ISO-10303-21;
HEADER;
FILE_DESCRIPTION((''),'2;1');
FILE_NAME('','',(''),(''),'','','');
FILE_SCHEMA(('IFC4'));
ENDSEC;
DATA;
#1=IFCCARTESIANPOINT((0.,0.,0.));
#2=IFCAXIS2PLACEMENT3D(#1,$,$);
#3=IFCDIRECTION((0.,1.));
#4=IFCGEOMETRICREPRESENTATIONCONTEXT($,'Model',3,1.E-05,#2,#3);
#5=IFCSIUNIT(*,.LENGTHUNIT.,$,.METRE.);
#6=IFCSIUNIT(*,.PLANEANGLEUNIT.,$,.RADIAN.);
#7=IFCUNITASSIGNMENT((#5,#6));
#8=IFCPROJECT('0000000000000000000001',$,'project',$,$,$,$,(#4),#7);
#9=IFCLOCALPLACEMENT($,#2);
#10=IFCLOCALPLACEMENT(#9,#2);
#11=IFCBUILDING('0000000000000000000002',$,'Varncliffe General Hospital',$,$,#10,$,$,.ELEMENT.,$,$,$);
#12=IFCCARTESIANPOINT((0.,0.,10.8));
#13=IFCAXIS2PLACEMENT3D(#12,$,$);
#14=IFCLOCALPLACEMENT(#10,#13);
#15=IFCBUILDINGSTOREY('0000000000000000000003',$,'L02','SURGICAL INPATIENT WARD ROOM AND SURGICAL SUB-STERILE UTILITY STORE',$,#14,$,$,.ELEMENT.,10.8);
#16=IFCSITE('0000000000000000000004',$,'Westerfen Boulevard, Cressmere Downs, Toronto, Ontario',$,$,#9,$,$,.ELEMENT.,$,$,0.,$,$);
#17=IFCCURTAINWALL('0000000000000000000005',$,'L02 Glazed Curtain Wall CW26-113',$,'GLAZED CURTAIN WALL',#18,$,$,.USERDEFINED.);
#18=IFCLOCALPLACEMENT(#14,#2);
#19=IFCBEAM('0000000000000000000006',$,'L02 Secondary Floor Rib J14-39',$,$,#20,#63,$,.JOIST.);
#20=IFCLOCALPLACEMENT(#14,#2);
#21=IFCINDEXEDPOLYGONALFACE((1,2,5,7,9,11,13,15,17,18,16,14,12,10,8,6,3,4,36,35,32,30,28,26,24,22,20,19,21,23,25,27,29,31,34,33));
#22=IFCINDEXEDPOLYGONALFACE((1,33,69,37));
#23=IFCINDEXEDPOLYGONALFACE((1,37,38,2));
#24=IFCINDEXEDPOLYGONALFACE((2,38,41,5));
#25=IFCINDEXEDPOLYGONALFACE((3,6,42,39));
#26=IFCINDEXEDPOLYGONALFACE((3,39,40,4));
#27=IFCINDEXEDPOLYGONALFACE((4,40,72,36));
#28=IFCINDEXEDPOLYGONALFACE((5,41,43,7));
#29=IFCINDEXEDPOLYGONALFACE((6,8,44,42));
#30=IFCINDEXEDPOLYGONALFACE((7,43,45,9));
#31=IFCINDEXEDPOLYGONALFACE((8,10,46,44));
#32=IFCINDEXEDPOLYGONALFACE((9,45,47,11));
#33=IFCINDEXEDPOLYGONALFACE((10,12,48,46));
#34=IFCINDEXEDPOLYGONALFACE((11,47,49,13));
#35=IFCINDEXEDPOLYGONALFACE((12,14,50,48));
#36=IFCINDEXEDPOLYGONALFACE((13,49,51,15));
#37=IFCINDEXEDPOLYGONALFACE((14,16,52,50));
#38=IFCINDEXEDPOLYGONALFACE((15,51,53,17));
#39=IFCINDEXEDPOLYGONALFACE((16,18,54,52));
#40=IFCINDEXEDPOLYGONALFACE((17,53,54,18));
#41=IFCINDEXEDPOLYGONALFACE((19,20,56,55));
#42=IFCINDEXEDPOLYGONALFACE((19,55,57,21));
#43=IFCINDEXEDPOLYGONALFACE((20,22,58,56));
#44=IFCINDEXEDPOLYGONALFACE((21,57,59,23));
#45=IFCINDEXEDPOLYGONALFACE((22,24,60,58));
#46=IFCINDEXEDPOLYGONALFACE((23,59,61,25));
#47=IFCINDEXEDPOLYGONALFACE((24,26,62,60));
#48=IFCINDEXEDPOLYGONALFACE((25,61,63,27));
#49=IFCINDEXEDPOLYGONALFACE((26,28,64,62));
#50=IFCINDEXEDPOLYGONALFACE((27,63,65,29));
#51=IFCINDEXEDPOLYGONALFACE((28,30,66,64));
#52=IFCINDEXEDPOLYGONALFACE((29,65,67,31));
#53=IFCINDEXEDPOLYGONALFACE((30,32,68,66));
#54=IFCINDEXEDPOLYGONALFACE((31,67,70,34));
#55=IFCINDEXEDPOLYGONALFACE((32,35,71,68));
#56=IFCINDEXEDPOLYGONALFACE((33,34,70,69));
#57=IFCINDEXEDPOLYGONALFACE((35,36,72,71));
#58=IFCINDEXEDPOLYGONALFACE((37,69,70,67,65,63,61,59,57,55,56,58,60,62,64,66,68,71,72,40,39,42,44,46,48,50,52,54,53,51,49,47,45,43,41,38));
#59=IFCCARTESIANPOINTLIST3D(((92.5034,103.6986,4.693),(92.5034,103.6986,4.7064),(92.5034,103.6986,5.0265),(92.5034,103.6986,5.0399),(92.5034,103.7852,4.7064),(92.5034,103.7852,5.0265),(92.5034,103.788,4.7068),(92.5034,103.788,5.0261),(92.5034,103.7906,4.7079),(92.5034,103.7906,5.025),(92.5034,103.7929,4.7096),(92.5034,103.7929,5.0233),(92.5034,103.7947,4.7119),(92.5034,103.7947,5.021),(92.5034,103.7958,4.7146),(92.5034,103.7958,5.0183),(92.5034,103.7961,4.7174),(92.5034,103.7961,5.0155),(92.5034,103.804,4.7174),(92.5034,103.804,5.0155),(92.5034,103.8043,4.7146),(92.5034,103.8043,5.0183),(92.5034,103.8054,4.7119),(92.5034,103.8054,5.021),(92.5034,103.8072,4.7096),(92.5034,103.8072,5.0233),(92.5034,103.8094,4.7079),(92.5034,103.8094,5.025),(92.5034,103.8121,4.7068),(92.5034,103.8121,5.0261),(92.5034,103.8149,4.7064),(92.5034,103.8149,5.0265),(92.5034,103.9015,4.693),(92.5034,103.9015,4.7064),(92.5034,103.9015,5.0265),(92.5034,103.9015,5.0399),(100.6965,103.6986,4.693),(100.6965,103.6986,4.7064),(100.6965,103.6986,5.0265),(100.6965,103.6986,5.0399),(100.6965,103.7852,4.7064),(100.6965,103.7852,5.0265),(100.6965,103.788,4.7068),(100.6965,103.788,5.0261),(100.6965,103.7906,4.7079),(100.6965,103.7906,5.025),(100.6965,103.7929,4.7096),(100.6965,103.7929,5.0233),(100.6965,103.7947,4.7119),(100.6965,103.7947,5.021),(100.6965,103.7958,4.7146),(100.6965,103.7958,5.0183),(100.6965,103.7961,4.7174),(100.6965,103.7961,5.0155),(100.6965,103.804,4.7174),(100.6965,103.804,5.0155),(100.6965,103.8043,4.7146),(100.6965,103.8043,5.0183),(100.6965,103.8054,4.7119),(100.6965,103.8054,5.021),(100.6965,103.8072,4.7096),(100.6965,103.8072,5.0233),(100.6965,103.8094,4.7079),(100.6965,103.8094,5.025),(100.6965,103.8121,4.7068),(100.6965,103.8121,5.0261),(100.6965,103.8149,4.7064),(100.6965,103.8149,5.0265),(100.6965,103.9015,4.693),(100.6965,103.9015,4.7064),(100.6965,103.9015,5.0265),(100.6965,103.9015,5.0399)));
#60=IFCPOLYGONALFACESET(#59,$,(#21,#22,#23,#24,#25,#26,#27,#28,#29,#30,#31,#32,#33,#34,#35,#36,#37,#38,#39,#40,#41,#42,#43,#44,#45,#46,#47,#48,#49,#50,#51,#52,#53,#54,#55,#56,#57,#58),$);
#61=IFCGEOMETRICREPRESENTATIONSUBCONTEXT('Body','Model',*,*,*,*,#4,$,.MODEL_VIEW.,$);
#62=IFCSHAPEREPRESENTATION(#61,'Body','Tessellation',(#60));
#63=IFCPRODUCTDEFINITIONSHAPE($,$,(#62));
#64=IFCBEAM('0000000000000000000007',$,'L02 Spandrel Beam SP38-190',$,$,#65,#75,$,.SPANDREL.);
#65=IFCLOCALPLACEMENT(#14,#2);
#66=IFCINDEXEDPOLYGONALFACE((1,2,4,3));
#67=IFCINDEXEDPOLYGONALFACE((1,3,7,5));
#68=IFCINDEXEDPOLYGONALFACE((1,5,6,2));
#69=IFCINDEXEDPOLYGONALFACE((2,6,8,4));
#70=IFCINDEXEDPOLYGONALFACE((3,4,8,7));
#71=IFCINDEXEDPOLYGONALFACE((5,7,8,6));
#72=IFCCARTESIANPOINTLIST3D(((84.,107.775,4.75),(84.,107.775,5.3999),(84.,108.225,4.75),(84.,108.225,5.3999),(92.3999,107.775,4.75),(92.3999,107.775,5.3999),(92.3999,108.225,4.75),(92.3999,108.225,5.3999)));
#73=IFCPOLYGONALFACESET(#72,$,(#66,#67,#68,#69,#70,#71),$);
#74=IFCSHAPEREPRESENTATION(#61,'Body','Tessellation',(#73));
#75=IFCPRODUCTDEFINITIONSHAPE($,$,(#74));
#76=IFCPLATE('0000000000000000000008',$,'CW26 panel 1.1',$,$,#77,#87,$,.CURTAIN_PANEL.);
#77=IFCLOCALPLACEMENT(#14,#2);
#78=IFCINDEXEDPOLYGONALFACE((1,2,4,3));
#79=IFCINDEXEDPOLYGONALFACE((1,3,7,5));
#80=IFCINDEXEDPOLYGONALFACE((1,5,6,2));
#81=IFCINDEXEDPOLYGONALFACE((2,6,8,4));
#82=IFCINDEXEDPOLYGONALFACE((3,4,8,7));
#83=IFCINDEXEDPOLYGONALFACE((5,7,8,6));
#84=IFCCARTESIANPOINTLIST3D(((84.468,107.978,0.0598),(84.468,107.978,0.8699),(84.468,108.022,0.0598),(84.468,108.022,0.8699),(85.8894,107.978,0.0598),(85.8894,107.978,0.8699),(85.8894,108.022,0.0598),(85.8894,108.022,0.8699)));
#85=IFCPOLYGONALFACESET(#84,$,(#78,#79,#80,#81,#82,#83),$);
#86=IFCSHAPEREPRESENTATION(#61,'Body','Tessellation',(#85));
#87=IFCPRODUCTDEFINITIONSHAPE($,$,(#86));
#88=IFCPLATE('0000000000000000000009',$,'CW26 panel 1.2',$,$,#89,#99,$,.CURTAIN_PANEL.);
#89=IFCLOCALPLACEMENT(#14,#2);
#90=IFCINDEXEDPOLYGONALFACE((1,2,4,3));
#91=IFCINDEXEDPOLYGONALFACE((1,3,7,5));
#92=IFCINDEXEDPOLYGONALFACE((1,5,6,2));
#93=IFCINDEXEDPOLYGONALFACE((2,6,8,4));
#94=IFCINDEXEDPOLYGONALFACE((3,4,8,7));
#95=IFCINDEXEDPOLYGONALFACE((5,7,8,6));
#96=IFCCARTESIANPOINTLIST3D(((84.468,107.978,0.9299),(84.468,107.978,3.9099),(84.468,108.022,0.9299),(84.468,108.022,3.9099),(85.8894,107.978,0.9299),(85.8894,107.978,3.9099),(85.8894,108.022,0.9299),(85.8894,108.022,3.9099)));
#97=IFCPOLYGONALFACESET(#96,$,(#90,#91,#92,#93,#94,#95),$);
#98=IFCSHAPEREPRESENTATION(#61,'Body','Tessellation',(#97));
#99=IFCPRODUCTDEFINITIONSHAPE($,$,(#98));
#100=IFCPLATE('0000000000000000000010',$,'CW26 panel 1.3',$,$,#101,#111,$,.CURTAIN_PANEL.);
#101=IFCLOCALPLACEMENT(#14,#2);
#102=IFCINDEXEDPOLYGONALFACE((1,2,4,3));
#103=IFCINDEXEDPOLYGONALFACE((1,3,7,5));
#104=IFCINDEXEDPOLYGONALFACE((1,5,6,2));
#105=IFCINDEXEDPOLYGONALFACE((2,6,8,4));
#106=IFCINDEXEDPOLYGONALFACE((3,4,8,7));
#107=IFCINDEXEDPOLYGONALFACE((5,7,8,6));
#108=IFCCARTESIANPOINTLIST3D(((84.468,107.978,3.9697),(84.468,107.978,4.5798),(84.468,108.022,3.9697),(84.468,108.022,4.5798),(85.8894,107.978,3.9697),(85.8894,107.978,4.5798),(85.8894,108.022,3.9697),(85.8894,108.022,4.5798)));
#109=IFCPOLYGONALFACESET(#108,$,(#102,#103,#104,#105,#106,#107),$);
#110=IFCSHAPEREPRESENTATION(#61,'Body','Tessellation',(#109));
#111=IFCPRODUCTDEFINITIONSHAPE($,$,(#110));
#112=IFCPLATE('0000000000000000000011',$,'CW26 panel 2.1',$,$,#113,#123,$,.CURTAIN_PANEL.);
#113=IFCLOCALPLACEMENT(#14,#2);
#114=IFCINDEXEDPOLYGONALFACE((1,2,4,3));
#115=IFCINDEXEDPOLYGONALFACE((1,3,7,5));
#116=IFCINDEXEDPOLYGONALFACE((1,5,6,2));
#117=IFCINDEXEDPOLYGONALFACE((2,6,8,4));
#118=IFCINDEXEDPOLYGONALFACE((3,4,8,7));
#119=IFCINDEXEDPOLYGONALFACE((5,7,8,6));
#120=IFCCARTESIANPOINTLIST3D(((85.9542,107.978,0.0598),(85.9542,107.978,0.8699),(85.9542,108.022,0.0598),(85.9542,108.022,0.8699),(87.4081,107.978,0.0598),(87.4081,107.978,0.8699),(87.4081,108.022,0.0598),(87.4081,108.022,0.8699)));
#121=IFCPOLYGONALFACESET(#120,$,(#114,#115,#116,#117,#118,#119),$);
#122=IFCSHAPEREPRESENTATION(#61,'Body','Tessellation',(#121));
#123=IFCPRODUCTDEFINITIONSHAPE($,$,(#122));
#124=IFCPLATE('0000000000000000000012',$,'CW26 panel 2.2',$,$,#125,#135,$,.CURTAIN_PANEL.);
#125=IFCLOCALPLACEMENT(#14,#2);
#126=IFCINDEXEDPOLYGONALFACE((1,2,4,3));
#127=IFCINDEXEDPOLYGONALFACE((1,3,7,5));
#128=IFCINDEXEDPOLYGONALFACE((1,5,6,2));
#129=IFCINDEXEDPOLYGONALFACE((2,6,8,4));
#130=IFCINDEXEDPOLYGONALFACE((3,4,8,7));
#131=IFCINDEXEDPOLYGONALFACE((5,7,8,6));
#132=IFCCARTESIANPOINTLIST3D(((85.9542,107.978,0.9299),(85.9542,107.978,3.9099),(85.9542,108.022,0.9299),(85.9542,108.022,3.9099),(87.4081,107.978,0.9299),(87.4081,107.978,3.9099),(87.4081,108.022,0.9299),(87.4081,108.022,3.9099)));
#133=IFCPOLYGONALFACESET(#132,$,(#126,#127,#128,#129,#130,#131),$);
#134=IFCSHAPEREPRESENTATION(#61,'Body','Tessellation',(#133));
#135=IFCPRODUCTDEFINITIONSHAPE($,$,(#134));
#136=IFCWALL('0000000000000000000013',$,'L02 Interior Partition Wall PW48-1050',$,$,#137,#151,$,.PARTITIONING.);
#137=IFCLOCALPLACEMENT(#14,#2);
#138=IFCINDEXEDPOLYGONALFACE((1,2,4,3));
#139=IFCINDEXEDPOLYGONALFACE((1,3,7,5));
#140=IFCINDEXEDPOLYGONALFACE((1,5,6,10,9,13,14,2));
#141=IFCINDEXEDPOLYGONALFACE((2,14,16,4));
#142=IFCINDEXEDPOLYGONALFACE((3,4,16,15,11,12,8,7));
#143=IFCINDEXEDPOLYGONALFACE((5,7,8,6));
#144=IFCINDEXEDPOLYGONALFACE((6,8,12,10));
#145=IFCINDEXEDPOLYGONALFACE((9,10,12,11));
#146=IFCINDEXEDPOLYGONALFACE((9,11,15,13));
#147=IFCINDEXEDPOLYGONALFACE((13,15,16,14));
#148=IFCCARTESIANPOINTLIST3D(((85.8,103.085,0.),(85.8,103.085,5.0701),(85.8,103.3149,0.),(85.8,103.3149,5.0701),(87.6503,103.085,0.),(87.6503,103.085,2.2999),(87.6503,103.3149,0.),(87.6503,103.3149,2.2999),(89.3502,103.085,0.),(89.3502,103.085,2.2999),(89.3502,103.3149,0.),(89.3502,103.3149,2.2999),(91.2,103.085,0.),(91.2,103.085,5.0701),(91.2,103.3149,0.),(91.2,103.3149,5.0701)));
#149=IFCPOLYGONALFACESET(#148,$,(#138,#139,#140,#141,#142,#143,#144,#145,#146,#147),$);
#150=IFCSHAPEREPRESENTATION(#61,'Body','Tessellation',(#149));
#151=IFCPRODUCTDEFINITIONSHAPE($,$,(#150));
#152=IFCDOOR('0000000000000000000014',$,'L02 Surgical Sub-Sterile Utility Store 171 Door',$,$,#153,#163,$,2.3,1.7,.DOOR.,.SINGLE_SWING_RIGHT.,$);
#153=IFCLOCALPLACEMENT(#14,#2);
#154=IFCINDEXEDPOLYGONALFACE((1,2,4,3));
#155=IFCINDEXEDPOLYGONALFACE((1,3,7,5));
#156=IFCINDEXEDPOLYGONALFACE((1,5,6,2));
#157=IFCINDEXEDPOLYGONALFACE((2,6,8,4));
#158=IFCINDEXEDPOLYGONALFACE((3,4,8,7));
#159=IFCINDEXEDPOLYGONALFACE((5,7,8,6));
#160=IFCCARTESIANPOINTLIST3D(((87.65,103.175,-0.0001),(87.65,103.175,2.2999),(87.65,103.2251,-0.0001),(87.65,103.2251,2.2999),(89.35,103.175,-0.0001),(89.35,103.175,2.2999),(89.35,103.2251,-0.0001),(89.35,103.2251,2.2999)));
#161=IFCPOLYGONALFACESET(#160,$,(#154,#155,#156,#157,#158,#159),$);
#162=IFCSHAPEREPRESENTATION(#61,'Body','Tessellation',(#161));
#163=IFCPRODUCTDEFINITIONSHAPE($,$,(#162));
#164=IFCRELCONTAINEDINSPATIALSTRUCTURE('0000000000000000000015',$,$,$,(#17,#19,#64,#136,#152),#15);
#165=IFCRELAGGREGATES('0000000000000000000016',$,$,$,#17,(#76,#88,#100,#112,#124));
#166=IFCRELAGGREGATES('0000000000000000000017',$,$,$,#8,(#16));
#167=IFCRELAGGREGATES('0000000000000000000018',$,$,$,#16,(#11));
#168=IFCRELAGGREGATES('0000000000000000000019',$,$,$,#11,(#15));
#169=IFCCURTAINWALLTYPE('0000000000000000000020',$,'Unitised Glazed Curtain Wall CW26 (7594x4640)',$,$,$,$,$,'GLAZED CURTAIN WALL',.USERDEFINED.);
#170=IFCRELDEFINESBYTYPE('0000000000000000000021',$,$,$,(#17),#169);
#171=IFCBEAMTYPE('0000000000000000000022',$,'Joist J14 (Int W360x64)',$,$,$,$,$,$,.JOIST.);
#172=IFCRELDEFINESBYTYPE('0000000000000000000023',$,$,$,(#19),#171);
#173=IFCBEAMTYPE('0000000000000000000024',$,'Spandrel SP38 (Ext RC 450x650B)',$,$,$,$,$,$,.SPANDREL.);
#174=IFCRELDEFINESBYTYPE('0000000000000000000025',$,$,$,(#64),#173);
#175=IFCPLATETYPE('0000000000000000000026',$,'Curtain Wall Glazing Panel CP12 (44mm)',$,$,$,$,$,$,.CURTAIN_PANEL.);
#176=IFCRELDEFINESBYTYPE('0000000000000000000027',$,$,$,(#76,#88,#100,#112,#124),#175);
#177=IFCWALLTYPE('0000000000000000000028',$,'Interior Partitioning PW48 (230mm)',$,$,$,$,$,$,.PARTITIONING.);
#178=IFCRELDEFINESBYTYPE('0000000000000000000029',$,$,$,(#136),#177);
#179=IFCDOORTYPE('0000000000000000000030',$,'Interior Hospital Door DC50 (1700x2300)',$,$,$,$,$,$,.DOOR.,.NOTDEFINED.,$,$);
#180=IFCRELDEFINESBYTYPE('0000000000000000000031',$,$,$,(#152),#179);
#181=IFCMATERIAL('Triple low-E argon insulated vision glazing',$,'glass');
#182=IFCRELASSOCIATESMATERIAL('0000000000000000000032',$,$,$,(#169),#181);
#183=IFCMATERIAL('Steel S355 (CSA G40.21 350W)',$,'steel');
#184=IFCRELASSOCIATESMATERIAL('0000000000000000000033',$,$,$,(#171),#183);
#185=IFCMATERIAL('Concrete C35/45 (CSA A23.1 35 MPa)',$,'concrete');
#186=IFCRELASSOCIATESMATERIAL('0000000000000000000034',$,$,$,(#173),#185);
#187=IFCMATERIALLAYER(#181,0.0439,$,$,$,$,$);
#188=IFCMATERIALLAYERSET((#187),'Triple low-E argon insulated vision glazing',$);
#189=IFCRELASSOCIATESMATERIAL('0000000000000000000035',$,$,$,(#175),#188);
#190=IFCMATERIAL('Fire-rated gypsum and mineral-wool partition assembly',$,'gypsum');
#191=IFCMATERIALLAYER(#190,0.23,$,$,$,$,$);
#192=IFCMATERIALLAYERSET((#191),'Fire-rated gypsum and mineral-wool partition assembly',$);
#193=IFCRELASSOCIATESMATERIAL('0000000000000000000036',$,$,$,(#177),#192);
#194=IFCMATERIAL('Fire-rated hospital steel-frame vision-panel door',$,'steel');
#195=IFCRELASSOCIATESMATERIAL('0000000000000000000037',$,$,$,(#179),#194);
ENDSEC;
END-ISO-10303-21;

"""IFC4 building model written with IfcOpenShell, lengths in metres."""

from ifc_helpers import new_model, si_unit, direction, frame, frame_2d, origin, origin_2d, place, context, subcontext, project, spatial, rectangle, i_section, extrude, material, layer, layer_set, material_profile, profile_set, type_object, element, fill, aggregate, save


model = new_model("IFC4")

# Units and contexts
model_context = context("Model", 3, precision=1e-05, world=origin(), true_north=direction((0.0, 1.0)))
body_context = subcontext(model_context, "Body", "Model", "MODEL_VIEW")
ifc_project = project(units=[si_unit("LENGTHUNIT", "METRE"), si_unit("PLANEANGLEUNIT", "RADIAN")], contexts=[model_context])

# Site, building, storey
site_placement = place(None, origin())
site = spatial("IfcSite", under=ifc_project, at=site_placement, Name="Westerfen Boulevard, Cressmere Downs, Toronto, Ontario", CompositionType="ELEMENT", RefElevation=0.0)
building_placement = place(site_placement, origin())
building = spatial("IfcBuilding", under=site, at=building_placement, Name="Varncliffe General Hospital", CompositionType="ELEMENT")
storey_placement = place(building_placement, frame((0.0, 0.0, 10.8)))
storey = spatial("IfcBuildingStorey", under=building, at=storey_placement, Name="L02", Description="SURGICAL INPATIENT WARD ROOM AND SURGICAL SUB-STERILE UTILITY STORE", CompositionType="ELEMENT", Elevation=10.8)

# Shared definitions
ifc_material_1 = material(Name="Concrete C35/45 (CSA A23.1 35 MPa)", Category="concrete")
ifc_material_2 = material(Name="Steel S355 (CSA G40.21 350W)", Category="steel")

# Curtain wall
ifc_material_3 = material(Name="Triple low-E argon insulated vision glazing", Category="glass")
curtain_wall_type = type_object("IfcCurtainWallType", Name="Unitised Glazed Curtain Wall CW26 (7594x4640)", ElementType="GLAZED CURTAIN WALL", PredefinedType="USERDEFINED", material=ifc_material_3)
curtain_wall_placement = place(storey_placement, origin())
curtain_wall = element("IfcCurtainWall", 1, at=curtain_wall_placement, inside=storey, type_object=curtain_wall_type, Name="L02 Glazed Curtain Wall CW26-113", ObjectType="GLAZED CURTAIN WALL", PredefinedType="USERDEFINED")

# Beams
ifc_material_profile_1 = material_profile(ifc_material_2, i_section(OverallWidth=0.2029, OverallDepth=0.3469, WebThickness=0.0078, FlangeThickness=0.0134, FilletRadius=0.011, at=origin_2d()), Name="W360x64")
ifc_profile_set_1 = profile_set([ifc_material_profile_1], Name="Steel S355 (CSA G40.21 350W)")
beam_type_1 = type_object("IfcBeamType", Name="Joist J14 (Int W360x64)", PredefinedType="JOIST", material=ifc_profile_set_1)
beam_1_placement = place(storey_placement, frame((92.5034, 103.8, 4.8665), z_axis=(1.0, 0.0, 0.0), x_axis=(0.0, 1.0, 0.0)))
element("IfcBeam", 2, at=beam_1_placement, inside=storey, type_object=beam_type_1, Name="L02 Secondary Floor Rib J14-39", PredefinedType="JOIST", context=body_context, shape_type="SweptSolid", body=[
    extrude(i_section(OverallWidth=0.2029, OverallDepth=0.3469, WebThickness=0.0078, FlangeThickness=0.0134, FilletRadius=0.011, at=origin_2d()), origin(), (0.0, 0.0, 1.0), 8.1931),
])
ifc_material_profile_2 = material_profile(ifc_material_1, rectangle(XDim=0.45, YDim=0.6499, at=origin_2d()), Name="RC 450x650")
ifc_profile_set_2 = profile_set([ifc_material_profile_2], Name="Concrete C35/45 (CSA A23.1 35 MPa)")
beam_type_2 = type_object("IfcBeamType", Name="Spandrel SP38 (Ext RC 450x650B)", PredefinedType="SPANDREL", material=ifc_profile_set_2)
beam_2_placement = place(storey_placement, frame((84.0, 108.0, 5.075), z_axis=(1.0, 0.0, 0.0), x_axis=(0.0, 1.0, 0.0)))
element("IfcBeam", 3, at=beam_2_placement, inside=storey, type_object=beam_type_2, Name="L02 Spandrel Beam SP38-190", PredefinedType="SPANDREL", context=body_context, shape_type="SweptSolid", body=[
    extrude(rectangle(XDim=0.45, YDim=0.6499, at=origin_2d()), origin(), (0.0, 0.0, 1.0), 8.3999),
])

# Plates
ifc_layer_1 = layer(ifc_material_3, 0.0439)
ifc_layer_set_1 = layer_set([ifc_layer_1], Name="Triple low-E argon insulated vision glazing")
plate_type = type_object("IfcPlateType", Name="Curtain Wall Glazing Panel CP12 (44mm)", PredefinedType="CURTAIN_PANEL", material=ifc_layer_set_1)
plate_1_placement = place(storey_placement, frame((85.1787, 108.0, 0.0598), z_axis=(0.0, 0.0, 1.0), x_axis=(1.0, 0.0, 0.0)))
plate_1 = element("IfcPlate", 4, at=plate_1_placement, type_object=plate_type, Name="CW26 panel 1.1", PredefinedType="CURTAIN_PANEL", context=body_context, shape_type="SweptSolid", body=[
    extrude(rectangle(XDim=1.4214, YDim=0.0439, at=origin_2d()), origin(), (0.0, 0.0, 1.0), 0.8101),
])
plate_2_placement = place(storey_placement, frame((85.1787, 108.0, 0.9299), z_axis=(0.0, 0.0, 1.0), x_axis=(1.0, 0.0, 0.0)))
plate_2 = element("IfcPlate", 5, at=plate_2_placement, type_object=plate_type, Name="CW26 panel 1.2", PredefinedType="CURTAIN_PANEL", context=body_context, shape_type="SweptSolid", body=[
    extrude(rectangle(XDim=1.4214, YDim=0.0439, at=origin_2d()), origin(), (0.0, 0.0, 1.0), 2.98),
])
plate_3_placement = place(storey_placement, frame((85.1787, 108.0, 3.9697), z_axis=(0.0, 0.0, 1.0), x_axis=(1.0, 0.0, 0.0)))
plate_3 = element("IfcPlate", 6, at=plate_3_placement, type_object=plate_type, Name="CW26 panel 1.3", PredefinedType="CURTAIN_PANEL", context=body_context, shape_type="SweptSolid", body=[
    extrude(rectangle(XDim=1.4214, YDim=0.0439, at=origin_2d()), origin(), (0.0, 0.0, 1.0), 0.6101),
])
plate_4_placement = place(storey_placement, frame((86.6812, 108.0, 0.0598), z_axis=(0.0, 0.0, 1.0), x_axis=(1.0, 0.0, 0.0)))
plate_4 = element("IfcPlate", 7, at=plate_4_placement, type_object=plate_type, Name="CW26 panel 2.1", PredefinedType="CURTAIN_PANEL", context=body_context, shape_type="SweptSolid", body=[
    extrude(rectangle(XDim=1.4539, YDim=0.0439, at=origin_2d()), origin(), (0.0, 0.0, 1.0), 0.8101),
])
plate_5_placement = place(storey_placement, frame((86.6812, 108.0, 0.9299), z_axis=(0.0, 0.0, 1.0), x_axis=(1.0, 0.0, 0.0)))
plate_5 = element("IfcPlate", 8, at=plate_5_placement, type_object=plate_type, Name="CW26 panel 2.2", PredefinedType="CURTAIN_PANEL", context=body_context, shape_type="SweptSolid", body=[
    extrude(rectangle(XDim=1.4539, YDim=0.0439, at=origin_2d()), origin(), (0.0, 0.0, 1.0), 2.98),
])
aggregate(curtain_wall, [plate_1, plate_2, plate_3, plate_4, plate_5])

# Wall, opening, door
ifc_material_4 = material(Name="Fire-rated gypsum and mineral-wool partition assembly", Category="gypsum")
ifc_layer_2 = layer(ifc_material_4, 0.23)
ifc_layer_set_2 = layer_set([ifc_layer_2], Name="Fire-rated gypsum and mineral-wool partition assembly")
wall_type_1 = type_object("IfcWallType", Name="Interior Partitioning PW48 (230mm)", PredefinedType="PARTITIONING", material=ifc_layer_set_2)
wall_1_placement = place(storey_placement, frame((85.8, 103.2, 0.0), z_axis=(0.0, 0.0, 1.0), x_axis=(1.0, 0.0, 0.0)))
wall_1 = element("IfcWall", 9, at=wall_1_placement, inside=storey, type_object=wall_type_1, Name="L02 Interior Partition Wall PW48-1050", PredefinedType="PARTITIONING", context=body_context, shape_type="SweptSolid", body=[
    extrude(rectangle(XDim=5.3999, YDim=0.23, at=frame_2d((2.7, 0.0))), origin(), (0.0, 0.0, 1.0), 5.0701),
])
opening_1_placement = place(wall_1_placement, frame((1.8501, 0.0, 0.0)))
opening_1 = element("IfcOpeningElement", 10, at=opening_1_placement, cuts=wall_1, PredefinedType="OPENING", context=body_context, shape_type="SweptSolid", body=[
    extrude(rectangle(XDim=1.7, YDim=2.3, at=frame_2d((0.8501, 1.1499))), frame((0.0, 0.125, 0.0), z_axis=(0.0, -1.0, 0.0), x_axis=(1.0, 0.0, 0.0)), (0.0, 0.0, 1.0), 0.25),
])
ifc_material_5 = material(Name="Fire-rated hospital steel-frame vision-panel door", Category="steel")
door_type_1 = type_object("IfcDoorType", Name="Interior Hospital Door DC50 (1700x2300)", OperationType="NOTDEFINED", PredefinedType="DOOR", material=ifc_material_5)
door_1_placement = place(opening_1_placement, frame((1.7, 0.0, 0.0), z_axis=(0.0, 0.0, 1.0), x_axis=(-1.0, 0.0, 0.0)))
door_1 = element("IfcDoor", 11, at=door_1_placement, inside=storey, type_object=door_type_1, Name="L02 Surgical Sub-Sterile Utility Store 171 Door", OperationType="SINGLE_SWING_RIGHT", OverallHeight=2.3, OverallWidth=1.7, PredefinedType="DOOR", context=body_context, shape_type="SweptSolid", body=[
    extrude(rectangle(XDim=1.7, YDim=2.3, at=frame_2d((0.8501, 1.1499))), frame((0.0, 0.0249, 0.0), z_axis=(0.0, -1.0, 0.0), x_axis=(1.0, 0.0, 0.0)), (0.0, 0.0, 1.0), 0.05),
])
fill(opening_1, door_1)

save(model, "model.ifc")
